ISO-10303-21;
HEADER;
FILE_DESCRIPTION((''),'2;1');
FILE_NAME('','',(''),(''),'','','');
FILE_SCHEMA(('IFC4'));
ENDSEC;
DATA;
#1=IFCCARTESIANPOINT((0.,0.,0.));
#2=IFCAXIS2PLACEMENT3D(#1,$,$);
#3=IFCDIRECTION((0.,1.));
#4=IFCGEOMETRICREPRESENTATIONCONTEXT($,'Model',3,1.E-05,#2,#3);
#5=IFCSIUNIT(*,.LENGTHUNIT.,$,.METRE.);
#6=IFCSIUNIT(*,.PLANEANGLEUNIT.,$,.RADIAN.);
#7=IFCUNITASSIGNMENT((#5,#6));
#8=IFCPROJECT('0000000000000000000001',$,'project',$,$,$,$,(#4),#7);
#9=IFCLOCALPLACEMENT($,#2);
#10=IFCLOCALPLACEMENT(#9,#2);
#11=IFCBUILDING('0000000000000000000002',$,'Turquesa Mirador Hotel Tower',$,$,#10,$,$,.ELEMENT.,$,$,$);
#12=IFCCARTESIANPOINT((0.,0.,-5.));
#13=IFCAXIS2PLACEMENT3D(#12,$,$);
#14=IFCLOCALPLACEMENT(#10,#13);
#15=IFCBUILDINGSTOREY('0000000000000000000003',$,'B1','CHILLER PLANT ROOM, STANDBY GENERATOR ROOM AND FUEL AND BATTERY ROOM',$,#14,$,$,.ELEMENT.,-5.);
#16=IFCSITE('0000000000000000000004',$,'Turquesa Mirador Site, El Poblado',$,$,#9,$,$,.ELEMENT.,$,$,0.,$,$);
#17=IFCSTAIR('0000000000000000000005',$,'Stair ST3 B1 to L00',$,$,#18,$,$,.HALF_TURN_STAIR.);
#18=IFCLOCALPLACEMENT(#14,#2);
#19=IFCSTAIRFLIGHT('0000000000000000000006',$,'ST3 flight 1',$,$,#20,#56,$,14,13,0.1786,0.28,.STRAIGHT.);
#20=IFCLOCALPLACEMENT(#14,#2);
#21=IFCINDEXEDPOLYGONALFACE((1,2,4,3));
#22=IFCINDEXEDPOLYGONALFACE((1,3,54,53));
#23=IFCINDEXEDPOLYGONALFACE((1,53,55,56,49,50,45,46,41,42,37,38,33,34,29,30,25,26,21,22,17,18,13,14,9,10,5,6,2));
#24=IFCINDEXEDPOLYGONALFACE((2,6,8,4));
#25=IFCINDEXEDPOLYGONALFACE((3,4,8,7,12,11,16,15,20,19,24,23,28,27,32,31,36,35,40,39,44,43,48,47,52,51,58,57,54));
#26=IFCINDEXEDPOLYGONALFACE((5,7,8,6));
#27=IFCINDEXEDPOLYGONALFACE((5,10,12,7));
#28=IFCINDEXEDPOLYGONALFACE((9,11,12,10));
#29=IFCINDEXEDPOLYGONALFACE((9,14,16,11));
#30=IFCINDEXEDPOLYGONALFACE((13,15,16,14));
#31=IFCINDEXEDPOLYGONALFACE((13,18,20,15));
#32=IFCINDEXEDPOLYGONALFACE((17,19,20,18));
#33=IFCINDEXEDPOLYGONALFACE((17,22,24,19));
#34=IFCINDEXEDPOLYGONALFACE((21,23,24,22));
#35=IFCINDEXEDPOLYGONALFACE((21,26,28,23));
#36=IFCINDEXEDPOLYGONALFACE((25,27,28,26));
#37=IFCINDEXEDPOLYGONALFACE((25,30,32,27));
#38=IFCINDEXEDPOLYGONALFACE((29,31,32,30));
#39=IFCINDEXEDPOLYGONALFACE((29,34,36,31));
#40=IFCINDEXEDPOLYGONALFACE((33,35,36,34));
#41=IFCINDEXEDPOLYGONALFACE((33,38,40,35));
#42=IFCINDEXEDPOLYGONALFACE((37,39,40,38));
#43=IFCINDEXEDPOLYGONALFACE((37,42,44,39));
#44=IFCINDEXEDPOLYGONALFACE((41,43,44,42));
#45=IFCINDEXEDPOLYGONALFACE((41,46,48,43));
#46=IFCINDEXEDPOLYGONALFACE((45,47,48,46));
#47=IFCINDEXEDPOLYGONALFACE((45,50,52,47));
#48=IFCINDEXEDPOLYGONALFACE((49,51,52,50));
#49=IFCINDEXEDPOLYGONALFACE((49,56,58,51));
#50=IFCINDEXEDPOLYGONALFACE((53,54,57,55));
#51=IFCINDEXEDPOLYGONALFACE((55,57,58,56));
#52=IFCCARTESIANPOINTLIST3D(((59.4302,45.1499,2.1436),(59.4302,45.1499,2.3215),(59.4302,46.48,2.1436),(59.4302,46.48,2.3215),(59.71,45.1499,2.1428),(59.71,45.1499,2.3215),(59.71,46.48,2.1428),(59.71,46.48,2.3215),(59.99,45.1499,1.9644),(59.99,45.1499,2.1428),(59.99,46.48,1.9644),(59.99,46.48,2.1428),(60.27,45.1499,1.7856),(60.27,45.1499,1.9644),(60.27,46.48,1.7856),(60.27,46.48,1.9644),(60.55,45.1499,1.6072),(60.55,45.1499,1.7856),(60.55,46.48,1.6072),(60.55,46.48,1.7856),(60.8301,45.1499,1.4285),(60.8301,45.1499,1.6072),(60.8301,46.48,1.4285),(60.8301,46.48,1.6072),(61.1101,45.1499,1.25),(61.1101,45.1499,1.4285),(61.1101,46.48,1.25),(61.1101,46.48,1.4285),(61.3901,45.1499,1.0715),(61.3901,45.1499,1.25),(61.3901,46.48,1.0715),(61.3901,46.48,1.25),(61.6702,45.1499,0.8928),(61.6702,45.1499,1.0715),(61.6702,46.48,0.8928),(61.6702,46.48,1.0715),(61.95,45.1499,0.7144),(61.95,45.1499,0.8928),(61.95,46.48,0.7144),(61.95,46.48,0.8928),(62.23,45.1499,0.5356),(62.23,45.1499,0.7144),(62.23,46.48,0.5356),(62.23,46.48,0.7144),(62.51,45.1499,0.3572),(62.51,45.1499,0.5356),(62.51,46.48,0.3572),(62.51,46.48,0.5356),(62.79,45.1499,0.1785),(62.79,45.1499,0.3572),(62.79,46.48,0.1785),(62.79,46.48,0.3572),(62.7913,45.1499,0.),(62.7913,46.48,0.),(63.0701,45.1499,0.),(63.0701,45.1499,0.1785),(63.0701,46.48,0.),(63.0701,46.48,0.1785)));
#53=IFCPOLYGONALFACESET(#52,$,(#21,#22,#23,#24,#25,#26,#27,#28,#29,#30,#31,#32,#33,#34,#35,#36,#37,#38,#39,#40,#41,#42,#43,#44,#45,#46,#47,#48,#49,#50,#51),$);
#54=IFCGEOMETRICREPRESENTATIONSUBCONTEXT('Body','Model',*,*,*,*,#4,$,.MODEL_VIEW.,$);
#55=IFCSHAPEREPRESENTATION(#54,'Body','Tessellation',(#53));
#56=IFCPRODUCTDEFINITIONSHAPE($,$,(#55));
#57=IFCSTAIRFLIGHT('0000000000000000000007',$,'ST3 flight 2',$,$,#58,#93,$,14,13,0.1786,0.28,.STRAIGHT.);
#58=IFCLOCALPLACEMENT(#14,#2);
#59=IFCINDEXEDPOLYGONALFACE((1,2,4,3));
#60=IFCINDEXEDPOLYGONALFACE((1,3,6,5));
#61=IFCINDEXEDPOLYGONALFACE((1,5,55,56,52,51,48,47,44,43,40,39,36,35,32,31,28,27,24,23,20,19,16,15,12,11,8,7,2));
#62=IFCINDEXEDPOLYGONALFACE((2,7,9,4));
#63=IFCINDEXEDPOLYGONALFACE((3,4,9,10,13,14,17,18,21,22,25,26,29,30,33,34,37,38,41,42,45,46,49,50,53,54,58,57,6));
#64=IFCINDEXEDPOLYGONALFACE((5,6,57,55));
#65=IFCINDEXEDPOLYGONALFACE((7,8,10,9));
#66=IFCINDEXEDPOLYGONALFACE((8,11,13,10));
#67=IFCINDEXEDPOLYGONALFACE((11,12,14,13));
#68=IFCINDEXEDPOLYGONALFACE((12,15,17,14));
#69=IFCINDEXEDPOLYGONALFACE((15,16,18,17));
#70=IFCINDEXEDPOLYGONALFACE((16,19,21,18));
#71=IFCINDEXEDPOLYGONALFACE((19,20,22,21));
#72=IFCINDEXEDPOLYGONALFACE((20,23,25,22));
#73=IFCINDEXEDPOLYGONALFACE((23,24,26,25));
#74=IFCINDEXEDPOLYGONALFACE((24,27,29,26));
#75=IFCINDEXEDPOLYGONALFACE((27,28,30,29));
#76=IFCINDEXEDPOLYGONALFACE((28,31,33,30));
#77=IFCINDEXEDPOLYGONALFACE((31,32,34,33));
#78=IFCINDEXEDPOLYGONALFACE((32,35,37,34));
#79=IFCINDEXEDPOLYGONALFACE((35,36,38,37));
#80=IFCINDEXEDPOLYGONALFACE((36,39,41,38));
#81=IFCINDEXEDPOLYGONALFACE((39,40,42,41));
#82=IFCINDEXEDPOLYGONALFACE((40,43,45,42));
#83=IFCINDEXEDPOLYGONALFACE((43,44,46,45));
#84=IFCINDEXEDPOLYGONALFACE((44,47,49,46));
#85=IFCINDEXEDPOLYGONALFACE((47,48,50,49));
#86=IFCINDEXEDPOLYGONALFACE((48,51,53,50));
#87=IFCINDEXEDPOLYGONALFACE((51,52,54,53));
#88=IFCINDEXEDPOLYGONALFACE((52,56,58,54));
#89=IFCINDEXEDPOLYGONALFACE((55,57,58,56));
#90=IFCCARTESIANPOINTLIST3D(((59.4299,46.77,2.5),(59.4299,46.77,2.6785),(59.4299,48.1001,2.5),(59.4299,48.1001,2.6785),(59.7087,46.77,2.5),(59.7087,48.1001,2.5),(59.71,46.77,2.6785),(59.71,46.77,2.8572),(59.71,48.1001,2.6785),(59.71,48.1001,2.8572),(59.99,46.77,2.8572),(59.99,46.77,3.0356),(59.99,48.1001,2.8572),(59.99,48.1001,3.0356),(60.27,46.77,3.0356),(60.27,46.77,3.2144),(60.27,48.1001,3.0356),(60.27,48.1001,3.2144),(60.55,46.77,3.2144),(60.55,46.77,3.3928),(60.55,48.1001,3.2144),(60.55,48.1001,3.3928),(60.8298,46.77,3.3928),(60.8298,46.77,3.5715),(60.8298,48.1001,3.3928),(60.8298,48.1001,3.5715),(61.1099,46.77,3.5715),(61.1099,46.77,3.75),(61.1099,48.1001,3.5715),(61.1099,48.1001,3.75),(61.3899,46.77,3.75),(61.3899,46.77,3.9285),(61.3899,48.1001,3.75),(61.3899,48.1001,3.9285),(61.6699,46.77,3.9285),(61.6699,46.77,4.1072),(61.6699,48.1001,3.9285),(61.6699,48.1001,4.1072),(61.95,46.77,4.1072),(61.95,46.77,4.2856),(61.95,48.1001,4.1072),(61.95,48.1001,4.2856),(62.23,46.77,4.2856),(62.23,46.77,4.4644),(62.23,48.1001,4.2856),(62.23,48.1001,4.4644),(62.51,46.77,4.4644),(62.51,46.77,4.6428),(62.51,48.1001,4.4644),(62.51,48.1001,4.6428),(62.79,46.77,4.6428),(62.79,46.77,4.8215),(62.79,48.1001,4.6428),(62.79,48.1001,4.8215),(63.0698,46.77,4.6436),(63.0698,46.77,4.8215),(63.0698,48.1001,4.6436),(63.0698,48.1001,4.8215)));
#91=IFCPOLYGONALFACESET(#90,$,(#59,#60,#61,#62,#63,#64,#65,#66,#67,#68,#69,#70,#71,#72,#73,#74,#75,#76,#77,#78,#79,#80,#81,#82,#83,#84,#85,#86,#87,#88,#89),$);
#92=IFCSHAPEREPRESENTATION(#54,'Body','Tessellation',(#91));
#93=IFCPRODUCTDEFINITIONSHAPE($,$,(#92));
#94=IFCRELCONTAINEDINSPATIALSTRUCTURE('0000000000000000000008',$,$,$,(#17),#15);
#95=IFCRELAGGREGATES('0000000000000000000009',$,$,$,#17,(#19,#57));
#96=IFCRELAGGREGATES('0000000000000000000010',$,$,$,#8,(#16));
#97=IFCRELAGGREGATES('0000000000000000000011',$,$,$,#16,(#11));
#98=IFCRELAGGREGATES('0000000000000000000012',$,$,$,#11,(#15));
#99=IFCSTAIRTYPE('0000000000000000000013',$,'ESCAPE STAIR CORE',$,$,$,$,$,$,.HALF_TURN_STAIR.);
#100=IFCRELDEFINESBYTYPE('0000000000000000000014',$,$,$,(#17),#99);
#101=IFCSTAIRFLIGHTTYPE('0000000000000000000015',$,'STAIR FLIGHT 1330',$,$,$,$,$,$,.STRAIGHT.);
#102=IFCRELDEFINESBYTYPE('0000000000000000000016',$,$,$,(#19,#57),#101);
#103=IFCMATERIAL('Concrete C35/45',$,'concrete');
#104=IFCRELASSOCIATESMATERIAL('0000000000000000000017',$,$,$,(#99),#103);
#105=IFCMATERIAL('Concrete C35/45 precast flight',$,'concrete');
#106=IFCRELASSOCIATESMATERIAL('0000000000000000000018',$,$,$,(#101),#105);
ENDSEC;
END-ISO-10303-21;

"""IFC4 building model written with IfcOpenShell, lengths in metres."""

from ifc_helpers import new_model, si_unit, direction, frame, origin, place, context, subcontext, project, spatial, polyline, outline, extrude, material, type_object, element, aggregate, save


model = new_model("IFC4")

# Units and contexts
model_context = context("Model", 3, precision=1e-05, world=origin(), true_north=direction((0.0, 1.0)))
body_context = subcontext(model_context, "Body", "Model", "MODEL_VIEW")
ifc_project = project(units=[si_unit("LENGTHUNIT", "METRE"), si_unit("PLANEANGLEUNIT", "RADIAN")], contexts=[model_context])

# Site, building, storey
site_placement = place(None, origin())
site = spatial("IfcSite", under=ifc_project, at=site_placement, Name="Turquesa Mirador Site, El Poblado", CompositionType="ELEMENT", RefElevation=0.0)
building_placement = place(site_placement, origin())
building = spatial("IfcBuilding", under=site, at=building_placement, Name="Turquesa Mirador Hotel Tower", CompositionType="ELEMENT")
storey_placement = place(building_placement, frame((0.0, 0.0, -5.0)))
storey = spatial("IfcBuildingStorey", under=building, at=storey_placement, Name="B1", Description="CHILLER PLANT ROOM, STANDBY GENERATOR ROOM AND FUEL AND BATTERY ROOM", CompositionType="ELEMENT", Elevation=-5.0)

# Stair, stair flights
ifc_material_1 = material(Name="Concrete C35/45", Category="concrete")
stair_type = type_object("IfcStairType", Name="ESCAPE STAIR CORE", PredefinedType="HALF_TURN_STAIR", material=ifc_material_1)
stair_placement = place(storey_placement, origin())
stair = element("IfcStair", 1, at=stair_placement, inside=storey, type_object=stair_type, Name="Stair ST3 B1 to L00", PredefinedType="HALF_TURN_STAIR")
ifc_material_2 = material(Name="Concrete C35/45 precast flight", Category="concrete")
stair_flight_type = type_object("IfcStairFlightType", Name="STAIR FLIGHT 1330", PredefinedType="STRAIGHT", material=ifc_material_2)
stair_flight_1_placement = place(storey_placement, frame((63.0701, 45.8149, 0.0), z_axis=(0.0, 0.0, 1.0), x_axis=(-1.0, 0.0, 0.0)))
stair_flight_1 = element("IfcStairFlight", 2, at=stair_flight_1_placement, type_object=stair_flight_type, Name="ST3 flight 1", NumberOfRisers=14, NumberOfTreads=13, PredefinedType="STRAIGHT", RiserHeight=0.1786, TreadLength=0.28, context=body_context, shape_type="SweptSolid", body=[
    extrude(outline(polyline([(0.0, 0.0), (0.0, 0.1785), (0.28, 0.1785), (0.28, 0.3572), (0.5601, 0.3572), (0.5601, 0.5356), (0.8401, 0.5356), (0.8401, 0.7144), (1.1201, 0.7144), (1.1201, 0.8928), (1.3999, 0.8928), (1.3999, 1.0715), (1.6799, 1.0715), (1.6799, 1.25), (1.96, 1.25), (1.96, 1.4285), (2.24, 1.4285), (2.24, 1.6072), (2.52, 1.6072), (2.52, 1.7856), (2.8, 1.7856), (2.8, 1.9644), (3.0801, 1.9644), (3.0801, 2.1428), (3.3601, 2.1428), (3.3601, 2.3215), (3.6399, 2.3215), (3.6399, 2.5), (3.6399, 2.1436), (0.2788, 0.0), (0.0, 0.0)])), frame((0.0, 0.665, 0.0), z_axis=(0.0, -1.0, 0.0), x_axis=(1.0, 0.0, 0.0)), (0.0, 0.0, 1.0), 1.3301),
])
stair_flight_2_placement = place(storey_placement, frame((59.4299, 47.4351, 2.5), z_axis=(0.0, 0.0, 1.0), x_axis=(1.0, 0.0, 0.0)))
stair_flight_2 = element("IfcStairFlight", 3, at=stair_flight_2_placement, type_object=stair_flight_type, Name="ST3 flight 2", NumberOfRisers=14, NumberOfTreads=13, PredefinedType="STRAIGHT", RiserHeight=0.1786, TreadLength=0.28, context=body_context, shape_type="SweptSolid", body=[
    extrude(outline(polyline([(0.0, 0.0), (0.0, 0.1785), (0.28, 0.1785), (0.28, 0.3572), (0.5601, 0.3572), (0.5601, 0.5356), (0.8401, 0.5356), (0.8401, 0.7144), (1.1201, 0.7144), (1.1201, 0.8928), (1.3999, 0.8928), (1.3999, 1.0715), (1.6799, 1.0715), (1.6799, 1.25), (1.96, 1.25), (1.96, 1.4285), (2.24, 1.4285), (2.24, 1.6072), (2.52, 1.6072), (2.52, 1.7856), (2.8, 1.7856), (2.8, 1.9644), (3.0801, 1.9644), (3.0801, 2.1428), (3.3601, 2.1428), (3.3601, 2.3215), (3.6399, 2.3215), (3.6399, 2.5), (3.6399, 2.1436), (0.2788, 0.0), (0.0, 0.0)])), frame((0.0, 0.665, 0.0), z_axis=(0.0, -1.0, 0.0), x_axis=(1.0, 0.0, 0.0)), (0.0, 0.0, 1.0), 1.3301),
])
aggregate(stair, [stair_flight_1, stair_flight_2])

save(model, "model.ifc")
